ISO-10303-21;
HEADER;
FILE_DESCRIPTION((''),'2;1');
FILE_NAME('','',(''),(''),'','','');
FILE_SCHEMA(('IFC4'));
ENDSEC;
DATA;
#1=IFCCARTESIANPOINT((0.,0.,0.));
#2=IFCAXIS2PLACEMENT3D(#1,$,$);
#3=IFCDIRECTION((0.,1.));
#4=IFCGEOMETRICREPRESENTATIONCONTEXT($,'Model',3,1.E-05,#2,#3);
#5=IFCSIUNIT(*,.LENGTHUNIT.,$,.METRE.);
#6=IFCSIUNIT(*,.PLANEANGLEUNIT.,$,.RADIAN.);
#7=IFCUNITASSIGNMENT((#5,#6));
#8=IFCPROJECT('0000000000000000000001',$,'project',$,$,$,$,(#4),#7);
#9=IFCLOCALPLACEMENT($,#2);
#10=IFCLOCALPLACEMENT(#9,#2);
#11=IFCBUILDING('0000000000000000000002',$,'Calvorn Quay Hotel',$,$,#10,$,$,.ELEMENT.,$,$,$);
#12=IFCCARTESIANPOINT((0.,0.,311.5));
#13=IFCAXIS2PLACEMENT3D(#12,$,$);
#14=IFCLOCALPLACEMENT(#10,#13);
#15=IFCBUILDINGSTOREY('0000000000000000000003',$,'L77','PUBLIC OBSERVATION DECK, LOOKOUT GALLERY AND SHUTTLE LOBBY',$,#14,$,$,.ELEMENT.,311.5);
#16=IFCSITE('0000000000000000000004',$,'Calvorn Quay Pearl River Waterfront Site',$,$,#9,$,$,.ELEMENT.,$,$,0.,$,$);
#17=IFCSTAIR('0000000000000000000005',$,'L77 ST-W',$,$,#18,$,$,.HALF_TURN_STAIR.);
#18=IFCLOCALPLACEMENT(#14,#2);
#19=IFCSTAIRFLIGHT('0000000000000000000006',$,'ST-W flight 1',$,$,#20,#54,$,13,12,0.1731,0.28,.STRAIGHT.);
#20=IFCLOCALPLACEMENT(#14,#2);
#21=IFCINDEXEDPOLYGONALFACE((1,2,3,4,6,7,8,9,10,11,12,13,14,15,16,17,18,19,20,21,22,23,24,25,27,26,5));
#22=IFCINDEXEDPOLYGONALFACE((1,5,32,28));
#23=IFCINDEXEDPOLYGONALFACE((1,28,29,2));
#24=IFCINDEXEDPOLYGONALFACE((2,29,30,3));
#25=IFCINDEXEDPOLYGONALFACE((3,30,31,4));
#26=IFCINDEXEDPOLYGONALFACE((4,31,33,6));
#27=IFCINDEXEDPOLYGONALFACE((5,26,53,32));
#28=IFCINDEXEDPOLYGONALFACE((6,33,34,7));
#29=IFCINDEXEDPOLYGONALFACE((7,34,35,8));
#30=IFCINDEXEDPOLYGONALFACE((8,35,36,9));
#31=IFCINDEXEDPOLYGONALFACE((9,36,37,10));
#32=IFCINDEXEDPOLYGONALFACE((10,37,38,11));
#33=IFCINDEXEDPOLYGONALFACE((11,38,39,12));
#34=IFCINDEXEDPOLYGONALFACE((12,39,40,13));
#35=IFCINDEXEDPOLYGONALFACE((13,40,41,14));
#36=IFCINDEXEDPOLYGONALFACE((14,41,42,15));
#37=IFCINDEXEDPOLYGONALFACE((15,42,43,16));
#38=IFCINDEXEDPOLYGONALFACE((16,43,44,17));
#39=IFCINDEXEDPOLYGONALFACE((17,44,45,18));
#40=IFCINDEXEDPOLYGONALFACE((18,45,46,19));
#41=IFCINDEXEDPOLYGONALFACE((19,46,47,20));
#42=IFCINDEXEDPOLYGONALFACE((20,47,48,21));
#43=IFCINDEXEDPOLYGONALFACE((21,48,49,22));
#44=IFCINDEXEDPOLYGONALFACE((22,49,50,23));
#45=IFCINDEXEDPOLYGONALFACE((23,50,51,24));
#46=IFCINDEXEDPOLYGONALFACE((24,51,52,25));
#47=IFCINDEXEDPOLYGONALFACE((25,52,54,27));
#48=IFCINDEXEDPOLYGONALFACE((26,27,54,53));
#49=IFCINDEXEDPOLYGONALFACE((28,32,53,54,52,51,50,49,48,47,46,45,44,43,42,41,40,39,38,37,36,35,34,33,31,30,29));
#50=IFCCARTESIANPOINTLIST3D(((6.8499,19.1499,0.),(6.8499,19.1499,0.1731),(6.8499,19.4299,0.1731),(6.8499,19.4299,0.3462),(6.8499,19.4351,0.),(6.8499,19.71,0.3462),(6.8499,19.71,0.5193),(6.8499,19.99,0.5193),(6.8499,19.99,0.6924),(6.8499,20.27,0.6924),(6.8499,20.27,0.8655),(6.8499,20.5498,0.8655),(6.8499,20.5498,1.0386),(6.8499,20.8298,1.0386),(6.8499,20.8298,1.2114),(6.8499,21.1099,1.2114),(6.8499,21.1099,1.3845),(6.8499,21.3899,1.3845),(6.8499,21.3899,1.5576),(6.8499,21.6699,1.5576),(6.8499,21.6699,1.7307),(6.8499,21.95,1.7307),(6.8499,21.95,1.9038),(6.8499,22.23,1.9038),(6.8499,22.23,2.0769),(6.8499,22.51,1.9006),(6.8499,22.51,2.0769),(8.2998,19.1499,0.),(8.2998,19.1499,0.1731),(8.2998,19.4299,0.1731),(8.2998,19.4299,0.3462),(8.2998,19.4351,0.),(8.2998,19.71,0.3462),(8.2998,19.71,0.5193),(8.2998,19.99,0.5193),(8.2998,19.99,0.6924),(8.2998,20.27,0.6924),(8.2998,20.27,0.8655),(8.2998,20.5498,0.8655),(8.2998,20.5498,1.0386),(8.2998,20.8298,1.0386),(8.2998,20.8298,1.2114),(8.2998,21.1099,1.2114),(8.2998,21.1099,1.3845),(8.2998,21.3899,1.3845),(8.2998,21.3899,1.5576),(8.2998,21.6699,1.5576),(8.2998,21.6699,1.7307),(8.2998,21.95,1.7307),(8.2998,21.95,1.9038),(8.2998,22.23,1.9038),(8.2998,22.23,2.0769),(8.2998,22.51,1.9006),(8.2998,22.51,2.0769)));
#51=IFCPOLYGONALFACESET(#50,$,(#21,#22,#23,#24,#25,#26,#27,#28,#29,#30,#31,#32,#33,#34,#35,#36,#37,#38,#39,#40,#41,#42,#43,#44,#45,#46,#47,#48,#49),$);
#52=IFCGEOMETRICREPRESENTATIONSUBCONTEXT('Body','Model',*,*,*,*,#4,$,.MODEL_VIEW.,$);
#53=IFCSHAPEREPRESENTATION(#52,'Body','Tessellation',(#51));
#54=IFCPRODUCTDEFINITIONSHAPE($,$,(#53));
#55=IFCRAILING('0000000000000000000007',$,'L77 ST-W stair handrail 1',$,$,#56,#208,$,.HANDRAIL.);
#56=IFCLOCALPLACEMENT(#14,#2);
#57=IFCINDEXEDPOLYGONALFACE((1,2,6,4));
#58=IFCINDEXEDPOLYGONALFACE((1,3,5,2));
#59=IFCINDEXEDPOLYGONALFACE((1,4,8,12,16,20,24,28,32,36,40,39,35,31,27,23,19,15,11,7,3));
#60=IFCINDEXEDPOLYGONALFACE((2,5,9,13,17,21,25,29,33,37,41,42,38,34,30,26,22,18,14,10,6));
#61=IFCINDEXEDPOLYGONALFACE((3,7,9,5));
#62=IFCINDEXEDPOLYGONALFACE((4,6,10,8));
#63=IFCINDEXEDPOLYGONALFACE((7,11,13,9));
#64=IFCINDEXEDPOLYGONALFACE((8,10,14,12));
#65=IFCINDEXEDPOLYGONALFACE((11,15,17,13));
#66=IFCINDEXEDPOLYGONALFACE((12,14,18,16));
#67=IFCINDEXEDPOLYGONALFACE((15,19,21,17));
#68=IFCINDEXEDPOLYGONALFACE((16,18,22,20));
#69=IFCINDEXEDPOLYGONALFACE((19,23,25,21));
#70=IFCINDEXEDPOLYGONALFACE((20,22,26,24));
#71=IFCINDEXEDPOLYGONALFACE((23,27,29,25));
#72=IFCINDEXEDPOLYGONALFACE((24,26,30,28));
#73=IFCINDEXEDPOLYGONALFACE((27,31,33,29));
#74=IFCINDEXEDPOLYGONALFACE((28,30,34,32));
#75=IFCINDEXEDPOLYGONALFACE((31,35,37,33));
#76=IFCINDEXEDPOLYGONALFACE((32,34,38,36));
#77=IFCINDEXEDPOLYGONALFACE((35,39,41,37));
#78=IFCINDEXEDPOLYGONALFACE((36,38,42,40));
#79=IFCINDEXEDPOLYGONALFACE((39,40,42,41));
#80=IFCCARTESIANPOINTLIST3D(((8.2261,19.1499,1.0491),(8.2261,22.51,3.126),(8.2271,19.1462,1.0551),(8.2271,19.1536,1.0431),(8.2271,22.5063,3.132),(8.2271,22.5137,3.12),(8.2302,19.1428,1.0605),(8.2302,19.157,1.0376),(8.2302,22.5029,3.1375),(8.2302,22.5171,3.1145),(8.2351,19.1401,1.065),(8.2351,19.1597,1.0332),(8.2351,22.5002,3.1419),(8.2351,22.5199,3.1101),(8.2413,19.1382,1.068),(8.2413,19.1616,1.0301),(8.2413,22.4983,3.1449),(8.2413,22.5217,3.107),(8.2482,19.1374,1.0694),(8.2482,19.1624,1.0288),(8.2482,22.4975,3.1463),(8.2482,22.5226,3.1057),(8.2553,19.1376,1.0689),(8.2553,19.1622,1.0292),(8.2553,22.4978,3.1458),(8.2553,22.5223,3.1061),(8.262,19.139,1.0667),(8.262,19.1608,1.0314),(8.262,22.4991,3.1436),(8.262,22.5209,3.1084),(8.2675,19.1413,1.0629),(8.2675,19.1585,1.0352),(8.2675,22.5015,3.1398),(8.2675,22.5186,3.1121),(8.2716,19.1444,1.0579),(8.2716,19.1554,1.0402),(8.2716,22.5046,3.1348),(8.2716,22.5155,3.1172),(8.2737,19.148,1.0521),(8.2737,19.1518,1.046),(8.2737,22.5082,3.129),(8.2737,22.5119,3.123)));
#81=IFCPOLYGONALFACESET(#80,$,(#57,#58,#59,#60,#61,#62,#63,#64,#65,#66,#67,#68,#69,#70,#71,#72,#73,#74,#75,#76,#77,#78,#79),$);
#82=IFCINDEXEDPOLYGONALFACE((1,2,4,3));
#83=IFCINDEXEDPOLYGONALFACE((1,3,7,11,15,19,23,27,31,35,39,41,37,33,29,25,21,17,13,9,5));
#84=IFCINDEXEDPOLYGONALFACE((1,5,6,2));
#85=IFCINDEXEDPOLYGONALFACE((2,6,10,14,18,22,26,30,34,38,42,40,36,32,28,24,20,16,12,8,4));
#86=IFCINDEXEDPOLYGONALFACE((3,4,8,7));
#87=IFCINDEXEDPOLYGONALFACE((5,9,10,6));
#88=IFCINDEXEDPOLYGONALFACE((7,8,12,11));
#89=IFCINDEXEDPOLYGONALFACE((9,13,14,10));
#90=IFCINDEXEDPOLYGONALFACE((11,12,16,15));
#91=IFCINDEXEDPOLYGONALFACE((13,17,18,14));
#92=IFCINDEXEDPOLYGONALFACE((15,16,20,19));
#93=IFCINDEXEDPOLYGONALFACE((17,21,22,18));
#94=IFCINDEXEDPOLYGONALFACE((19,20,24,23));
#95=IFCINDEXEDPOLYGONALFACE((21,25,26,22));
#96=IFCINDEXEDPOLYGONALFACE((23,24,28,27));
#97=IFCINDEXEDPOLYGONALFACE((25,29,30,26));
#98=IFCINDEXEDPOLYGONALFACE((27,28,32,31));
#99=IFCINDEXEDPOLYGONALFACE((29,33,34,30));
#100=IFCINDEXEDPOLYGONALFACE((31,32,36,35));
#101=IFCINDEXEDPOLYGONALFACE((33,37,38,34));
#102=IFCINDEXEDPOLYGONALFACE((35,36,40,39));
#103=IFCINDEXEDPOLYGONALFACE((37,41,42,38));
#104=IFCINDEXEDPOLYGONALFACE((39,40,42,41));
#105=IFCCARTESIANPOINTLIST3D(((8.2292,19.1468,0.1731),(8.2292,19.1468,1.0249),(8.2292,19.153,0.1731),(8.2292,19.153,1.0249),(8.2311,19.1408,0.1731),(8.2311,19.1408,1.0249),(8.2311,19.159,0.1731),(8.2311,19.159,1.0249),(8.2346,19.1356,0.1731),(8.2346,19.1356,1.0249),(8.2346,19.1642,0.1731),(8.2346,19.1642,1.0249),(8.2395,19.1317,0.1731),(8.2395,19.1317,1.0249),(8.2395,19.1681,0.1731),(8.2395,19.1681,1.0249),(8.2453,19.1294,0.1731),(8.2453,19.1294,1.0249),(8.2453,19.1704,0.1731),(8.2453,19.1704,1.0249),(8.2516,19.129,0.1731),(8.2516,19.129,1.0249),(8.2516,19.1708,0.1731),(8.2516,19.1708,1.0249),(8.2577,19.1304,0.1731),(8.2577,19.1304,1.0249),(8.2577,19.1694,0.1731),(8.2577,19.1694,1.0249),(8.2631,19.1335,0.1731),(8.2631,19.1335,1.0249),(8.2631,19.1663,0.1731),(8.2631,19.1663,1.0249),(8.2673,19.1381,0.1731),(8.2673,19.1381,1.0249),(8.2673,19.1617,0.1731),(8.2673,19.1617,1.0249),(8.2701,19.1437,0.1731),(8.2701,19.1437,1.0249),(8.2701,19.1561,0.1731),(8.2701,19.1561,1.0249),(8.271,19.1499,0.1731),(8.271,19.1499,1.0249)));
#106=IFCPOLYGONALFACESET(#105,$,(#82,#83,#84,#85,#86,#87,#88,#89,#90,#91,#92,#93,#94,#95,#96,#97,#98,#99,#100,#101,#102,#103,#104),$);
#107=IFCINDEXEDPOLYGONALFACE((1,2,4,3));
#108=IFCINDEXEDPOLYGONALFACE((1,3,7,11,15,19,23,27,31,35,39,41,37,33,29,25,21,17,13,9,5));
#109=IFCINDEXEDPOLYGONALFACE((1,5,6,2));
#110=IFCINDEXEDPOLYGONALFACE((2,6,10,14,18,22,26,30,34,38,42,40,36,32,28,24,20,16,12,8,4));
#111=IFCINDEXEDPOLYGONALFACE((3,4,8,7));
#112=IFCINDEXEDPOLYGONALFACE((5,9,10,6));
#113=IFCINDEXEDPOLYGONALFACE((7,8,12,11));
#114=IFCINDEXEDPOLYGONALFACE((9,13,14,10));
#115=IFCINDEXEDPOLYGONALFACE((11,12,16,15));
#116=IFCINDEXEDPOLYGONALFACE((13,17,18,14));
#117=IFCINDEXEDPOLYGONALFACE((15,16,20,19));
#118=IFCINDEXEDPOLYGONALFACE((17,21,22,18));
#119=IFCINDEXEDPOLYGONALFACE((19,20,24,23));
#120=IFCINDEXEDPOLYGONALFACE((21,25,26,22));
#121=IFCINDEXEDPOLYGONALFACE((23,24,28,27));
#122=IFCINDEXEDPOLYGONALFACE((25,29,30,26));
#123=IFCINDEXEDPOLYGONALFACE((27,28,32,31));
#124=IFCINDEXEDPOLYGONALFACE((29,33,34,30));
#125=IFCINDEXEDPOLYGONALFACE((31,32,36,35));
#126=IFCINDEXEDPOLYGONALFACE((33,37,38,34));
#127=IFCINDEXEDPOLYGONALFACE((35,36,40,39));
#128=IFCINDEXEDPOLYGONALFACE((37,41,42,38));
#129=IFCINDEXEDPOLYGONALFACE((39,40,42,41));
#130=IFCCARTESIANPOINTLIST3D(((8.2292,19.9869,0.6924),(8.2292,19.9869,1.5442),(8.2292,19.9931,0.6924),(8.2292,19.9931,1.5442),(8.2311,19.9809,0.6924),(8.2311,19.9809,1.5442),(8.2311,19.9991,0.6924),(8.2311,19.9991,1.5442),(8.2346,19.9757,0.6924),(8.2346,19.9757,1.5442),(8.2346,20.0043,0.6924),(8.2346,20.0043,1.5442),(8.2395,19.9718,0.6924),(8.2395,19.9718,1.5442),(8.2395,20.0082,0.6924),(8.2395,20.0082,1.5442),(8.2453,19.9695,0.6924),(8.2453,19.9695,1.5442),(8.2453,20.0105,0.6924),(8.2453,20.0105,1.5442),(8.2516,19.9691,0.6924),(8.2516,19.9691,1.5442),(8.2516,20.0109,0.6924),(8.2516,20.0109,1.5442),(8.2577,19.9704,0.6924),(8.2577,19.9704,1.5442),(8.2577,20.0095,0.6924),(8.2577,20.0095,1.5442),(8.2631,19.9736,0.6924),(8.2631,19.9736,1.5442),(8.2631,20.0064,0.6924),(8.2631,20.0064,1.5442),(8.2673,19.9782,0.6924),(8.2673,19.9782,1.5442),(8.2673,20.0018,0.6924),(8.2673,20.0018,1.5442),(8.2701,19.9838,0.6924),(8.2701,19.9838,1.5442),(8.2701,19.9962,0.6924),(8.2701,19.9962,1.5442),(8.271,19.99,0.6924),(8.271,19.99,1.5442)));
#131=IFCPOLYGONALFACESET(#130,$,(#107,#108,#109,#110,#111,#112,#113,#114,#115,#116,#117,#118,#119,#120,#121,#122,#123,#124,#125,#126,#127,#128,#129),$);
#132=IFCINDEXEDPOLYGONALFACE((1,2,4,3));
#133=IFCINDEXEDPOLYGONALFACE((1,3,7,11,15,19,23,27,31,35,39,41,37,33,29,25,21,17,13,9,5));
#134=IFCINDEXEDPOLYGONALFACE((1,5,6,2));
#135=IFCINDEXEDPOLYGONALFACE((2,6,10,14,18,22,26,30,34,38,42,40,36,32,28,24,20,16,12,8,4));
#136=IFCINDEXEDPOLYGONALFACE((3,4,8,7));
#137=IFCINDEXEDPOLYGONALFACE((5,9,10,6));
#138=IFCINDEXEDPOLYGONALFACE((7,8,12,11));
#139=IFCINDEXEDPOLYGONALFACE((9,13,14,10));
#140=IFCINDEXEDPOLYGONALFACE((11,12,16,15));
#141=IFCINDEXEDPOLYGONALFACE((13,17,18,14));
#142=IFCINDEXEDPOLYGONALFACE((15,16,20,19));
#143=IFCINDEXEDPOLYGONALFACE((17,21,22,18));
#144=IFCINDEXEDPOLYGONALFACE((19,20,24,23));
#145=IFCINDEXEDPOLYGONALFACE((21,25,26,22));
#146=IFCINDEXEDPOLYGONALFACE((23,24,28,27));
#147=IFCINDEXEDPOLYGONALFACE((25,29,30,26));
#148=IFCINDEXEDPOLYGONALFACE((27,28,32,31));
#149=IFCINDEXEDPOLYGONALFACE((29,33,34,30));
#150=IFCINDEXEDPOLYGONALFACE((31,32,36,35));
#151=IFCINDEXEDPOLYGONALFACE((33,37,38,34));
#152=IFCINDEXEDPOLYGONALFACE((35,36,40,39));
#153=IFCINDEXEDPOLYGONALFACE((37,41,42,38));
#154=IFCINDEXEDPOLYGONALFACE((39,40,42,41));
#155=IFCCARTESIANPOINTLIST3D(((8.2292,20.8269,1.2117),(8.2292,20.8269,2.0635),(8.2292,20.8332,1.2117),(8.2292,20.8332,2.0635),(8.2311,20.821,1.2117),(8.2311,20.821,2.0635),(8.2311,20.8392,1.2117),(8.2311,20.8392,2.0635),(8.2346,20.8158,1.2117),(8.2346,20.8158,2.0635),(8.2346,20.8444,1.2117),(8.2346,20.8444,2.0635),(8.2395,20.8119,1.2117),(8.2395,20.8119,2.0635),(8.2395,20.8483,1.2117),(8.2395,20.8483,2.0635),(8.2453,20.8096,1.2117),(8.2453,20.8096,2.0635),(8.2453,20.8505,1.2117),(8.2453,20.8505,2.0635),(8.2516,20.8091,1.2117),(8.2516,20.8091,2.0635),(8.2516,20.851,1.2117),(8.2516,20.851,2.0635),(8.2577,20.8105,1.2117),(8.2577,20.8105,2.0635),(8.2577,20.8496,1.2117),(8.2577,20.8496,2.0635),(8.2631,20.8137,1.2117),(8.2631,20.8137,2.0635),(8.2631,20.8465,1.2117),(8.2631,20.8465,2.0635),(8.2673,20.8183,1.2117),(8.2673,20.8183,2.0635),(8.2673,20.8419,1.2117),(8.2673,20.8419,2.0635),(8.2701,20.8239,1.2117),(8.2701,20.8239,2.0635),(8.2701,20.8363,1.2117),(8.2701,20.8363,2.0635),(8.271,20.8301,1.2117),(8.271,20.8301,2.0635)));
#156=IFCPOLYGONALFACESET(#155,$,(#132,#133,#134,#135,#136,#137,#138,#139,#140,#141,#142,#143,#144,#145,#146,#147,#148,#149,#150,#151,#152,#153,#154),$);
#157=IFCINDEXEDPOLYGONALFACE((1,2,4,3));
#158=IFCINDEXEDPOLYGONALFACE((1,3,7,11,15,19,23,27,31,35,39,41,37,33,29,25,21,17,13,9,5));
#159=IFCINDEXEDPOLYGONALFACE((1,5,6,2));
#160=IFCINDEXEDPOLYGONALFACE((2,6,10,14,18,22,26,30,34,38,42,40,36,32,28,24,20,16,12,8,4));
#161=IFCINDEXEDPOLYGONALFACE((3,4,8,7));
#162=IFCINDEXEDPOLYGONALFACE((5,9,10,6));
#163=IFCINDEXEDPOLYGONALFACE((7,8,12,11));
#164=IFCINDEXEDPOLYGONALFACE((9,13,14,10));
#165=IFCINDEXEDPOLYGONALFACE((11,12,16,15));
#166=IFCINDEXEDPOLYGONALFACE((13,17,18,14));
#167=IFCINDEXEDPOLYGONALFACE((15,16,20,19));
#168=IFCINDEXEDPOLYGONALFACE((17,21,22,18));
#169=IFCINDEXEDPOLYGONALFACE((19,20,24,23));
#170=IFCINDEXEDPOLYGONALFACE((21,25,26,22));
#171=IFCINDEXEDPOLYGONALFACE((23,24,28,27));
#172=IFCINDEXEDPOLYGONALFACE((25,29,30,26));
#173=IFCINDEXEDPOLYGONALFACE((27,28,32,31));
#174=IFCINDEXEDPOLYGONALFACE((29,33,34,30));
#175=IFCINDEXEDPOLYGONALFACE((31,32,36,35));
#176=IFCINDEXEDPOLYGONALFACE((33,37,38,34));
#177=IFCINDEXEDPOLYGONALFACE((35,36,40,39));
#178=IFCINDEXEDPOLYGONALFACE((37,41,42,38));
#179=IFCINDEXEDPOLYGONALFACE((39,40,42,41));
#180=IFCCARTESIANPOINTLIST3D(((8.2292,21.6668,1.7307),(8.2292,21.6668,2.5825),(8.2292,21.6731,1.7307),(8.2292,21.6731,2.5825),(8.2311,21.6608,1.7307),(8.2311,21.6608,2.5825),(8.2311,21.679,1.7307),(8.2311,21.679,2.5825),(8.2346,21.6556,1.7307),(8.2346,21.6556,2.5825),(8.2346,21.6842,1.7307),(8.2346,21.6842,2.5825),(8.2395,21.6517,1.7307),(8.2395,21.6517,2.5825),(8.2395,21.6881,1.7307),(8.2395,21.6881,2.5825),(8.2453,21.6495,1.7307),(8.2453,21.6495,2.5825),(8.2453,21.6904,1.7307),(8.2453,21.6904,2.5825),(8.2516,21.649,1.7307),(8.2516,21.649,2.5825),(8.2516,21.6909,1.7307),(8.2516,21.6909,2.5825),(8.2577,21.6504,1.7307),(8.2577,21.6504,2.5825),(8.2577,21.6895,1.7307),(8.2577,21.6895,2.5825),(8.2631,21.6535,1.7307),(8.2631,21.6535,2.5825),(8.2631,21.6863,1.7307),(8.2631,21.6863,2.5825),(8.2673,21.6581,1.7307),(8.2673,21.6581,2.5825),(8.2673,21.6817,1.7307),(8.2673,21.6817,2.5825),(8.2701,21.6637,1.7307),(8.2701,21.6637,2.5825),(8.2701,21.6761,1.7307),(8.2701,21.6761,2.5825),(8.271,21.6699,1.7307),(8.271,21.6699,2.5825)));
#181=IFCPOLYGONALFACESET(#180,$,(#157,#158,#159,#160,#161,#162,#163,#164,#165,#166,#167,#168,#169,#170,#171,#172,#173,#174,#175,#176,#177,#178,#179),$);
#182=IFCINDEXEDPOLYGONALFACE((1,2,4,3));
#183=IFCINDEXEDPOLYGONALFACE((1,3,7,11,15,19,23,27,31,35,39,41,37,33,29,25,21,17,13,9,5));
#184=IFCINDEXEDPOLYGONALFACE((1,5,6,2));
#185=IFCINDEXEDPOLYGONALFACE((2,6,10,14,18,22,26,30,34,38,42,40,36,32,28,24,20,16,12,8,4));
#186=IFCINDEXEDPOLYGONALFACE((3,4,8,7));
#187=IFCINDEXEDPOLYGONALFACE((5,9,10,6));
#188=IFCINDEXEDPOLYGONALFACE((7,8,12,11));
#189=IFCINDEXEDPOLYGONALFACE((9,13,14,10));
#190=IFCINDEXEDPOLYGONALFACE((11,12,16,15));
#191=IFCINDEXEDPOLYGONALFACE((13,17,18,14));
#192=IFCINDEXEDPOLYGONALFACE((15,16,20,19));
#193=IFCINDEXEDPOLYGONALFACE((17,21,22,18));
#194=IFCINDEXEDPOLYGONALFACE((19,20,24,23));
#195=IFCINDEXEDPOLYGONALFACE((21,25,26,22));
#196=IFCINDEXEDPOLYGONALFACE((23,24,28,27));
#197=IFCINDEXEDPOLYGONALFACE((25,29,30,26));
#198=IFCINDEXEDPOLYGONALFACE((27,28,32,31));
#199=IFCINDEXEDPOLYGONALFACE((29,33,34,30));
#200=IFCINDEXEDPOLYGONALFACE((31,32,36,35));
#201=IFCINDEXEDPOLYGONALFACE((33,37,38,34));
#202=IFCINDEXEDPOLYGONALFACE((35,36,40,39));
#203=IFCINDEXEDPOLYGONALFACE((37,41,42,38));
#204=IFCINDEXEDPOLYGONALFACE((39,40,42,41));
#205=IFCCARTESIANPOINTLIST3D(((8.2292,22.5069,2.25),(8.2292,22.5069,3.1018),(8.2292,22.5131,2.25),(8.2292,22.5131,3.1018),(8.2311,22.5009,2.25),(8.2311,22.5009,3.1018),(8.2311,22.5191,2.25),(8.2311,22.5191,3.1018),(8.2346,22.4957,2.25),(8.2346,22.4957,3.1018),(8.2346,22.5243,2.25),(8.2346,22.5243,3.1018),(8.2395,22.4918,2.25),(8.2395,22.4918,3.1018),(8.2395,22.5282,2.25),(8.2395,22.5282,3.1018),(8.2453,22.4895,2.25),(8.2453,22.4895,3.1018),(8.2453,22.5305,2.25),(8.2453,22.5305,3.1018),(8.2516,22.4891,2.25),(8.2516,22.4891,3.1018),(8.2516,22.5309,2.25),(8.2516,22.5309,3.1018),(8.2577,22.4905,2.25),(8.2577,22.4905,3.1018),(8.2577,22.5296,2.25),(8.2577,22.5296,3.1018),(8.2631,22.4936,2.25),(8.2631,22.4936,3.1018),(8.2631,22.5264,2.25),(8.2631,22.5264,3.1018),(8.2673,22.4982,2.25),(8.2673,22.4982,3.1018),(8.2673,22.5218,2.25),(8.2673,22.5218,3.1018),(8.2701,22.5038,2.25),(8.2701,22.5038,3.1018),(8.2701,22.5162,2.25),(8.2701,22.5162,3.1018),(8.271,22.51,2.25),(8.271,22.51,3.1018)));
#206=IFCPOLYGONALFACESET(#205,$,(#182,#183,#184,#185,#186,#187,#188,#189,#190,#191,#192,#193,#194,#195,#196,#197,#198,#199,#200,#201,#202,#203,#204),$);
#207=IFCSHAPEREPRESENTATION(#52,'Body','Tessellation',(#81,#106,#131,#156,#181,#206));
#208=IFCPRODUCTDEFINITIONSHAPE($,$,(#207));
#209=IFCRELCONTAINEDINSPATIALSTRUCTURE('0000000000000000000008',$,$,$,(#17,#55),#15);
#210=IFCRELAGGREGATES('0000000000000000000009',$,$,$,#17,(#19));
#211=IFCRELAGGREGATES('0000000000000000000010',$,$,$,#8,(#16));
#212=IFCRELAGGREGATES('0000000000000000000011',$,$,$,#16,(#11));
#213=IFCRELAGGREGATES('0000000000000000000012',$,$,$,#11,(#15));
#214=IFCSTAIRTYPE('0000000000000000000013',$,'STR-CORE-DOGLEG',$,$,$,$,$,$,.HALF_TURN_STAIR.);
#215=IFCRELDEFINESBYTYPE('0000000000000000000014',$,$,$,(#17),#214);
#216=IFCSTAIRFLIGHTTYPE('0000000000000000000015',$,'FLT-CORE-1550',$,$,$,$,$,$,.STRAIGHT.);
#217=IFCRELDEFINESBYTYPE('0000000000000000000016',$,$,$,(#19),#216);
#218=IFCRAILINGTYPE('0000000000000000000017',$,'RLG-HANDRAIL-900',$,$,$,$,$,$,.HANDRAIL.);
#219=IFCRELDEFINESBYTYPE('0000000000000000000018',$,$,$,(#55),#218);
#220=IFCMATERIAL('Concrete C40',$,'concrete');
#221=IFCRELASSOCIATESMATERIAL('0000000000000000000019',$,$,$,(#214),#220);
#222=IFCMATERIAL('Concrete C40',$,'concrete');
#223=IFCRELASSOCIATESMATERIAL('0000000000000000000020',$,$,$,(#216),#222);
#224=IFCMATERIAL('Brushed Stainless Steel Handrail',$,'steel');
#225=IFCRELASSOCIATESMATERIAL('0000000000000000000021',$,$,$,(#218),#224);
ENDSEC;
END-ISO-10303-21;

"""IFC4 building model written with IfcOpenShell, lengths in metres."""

from ifc_helpers import new_model, si_unit, direction, frame, origin, origin_2d, place, context, subcontext, project, spatial, polyline, circle, outline, extrude, material, type_object, element, aggregate, save


model = new_model("IFC4")

# Units and contexts
model_context = context("Model", 3, precision=1e-05, world=origin(), true_north=direction((0.0, 1.0)))
body_context = subcontext(model_context, "Body", "Model", "MODEL_VIEW")
ifc_project = project(units=[si_unit("LENGTHUNIT", "METRE"), si_unit("PLANEANGLEUNIT", "RADIAN")], contexts=[model_context])

# Site, building, storey
site_placement = place(None, origin())
site = spatial("IfcSite", under=ifc_project, at=site_placement, Name="Calvorn Quay Pearl River Waterfront Site", CompositionType="ELEMENT", RefElevation=0.0)
building_placement = place(site_placement, origin())
building = spatial("IfcBuilding", under=site, at=building_placement, Name="Calvorn Quay Hotel", CompositionType="ELEMENT")
storey_placement = place(building_placement, frame((0.0, 0.0, 311.5)))
storey = spatial("IfcBuildingStorey", under=building, at=storey_placement, Name="L77", Description="PUBLIC OBSERVATION DECK, LOOKOUT GALLERY AND SHUTTLE LOBBY", CompositionType="ELEMENT", Elevation=311.5)

# Stair, stair flight
ifc_material_1 = material(Name="Concrete C40", Category="concrete")
stair_type = type_object("IfcStairType", Name="STR-CORE-DOGLEG", PredefinedType="HALF_TURN_STAIR", material=ifc_material_1)
stair_placement = place(storey_placement, origin())
stair = element("IfcStair", 1, at=stair_placement, inside=storey, type_object=stair_type, Name="L77 ST-W", PredefinedType="HALF_TURN_STAIR")
ifc_material_2 = material(Name="Concrete C40", Category="concrete")
stair_flight_type = type_object("IfcStairFlightType", Name="FLT-CORE-1550", PredefinedType="STRAIGHT", material=ifc_material_2)
stair_flight_placement = place(storey_placement, frame((7.575, 19.1499, 0.0), z_axis=(0.0, 0.0, 1.0), x_axis=(0.0, 1.0, 0.0)))
stair_flight = element("IfcStairFlight", 2, at=stair_flight_placement, type_object=stair_flight_type, Name="ST-W flight 1", NumberOfRisers=13, NumberOfTreads=12, PredefinedType="STRAIGHT", RiserHeight=0.1731, TreadLength=0.28, context=body_context, shape_type="SweptSolid", body=[
    extrude(outline(polyline([(0.0, 0.0), (0.0, 0.1731), (0.28, 0.1731), (0.28, 0.3462), (0.5601, 0.3462), (0.5601, 0.5193), (0.8401, 0.5193), (0.8401, 0.6924), (1.1201, 0.6924), (1.1201, 0.8655), (1.3999, 0.8655), (1.3999, 1.0386), (1.6799, 1.0386), (1.6799, 1.2114), (1.96, 1.2114), (1.96, 1.3845), (2.24, 1.3845), (2.24, 1.5576), (2.52, 1.5576), (2.52, 1.7307), (2.8, 1.7307), (2.8, 1.9038), (3.0801, 1.9038), (3.0801, 2.0769), (3.3601, 2.0769), (3.3601, 2.25), (3.3601, 1.9006), (0.2852, 0.0), (0.0, 0.0)])), frame((0.0, 0.7251, 0.0), z_axis=(0.0, -1.0, 0.0), x_axis=(1.0, 0.0, 0.0)), (0.0, 0.0, 1.0), 1.45),
])
aggregate(stair, [stair_flight])

# Railing
ifc_material_3 = material(Name="Brushed Stainless Steel Handrail", Category="steel")
railing_type_1 = type_object("IfcRailingType", Name="RLG-HANDRAIL-900", PredefinedType="HANDRAIL", material=ifc_material_3)
railing_1_placement = place(storey_placement, frame((8.25, 19.1499, 0.1731)))
element("IfcRailing", 3, at=railing_1_placement, inside=storey, type_object=railing_type_1, Name="L77 ST-W stair handrail 1", PredefinedType="HANDRAIL", context=body_context, shape_type="SweptSolid", body=[
    extrude(circle(Radius=0.0239, at=origin_2d()), frame((0.0, 0.0, 0.876), z_axis=(0.0, 0.850623, 0.525776), x_axis=(-1.0, 0.0, 0.0)), (0.0, 0.0, 1.0), 3.9502),
    extrude(circle(Radius=0.021, at=origin_2d()), origin(), (0.0, 0.0, 1.0), 0.8518),
    extrude(circle(Radius=0.021, at=origin_2d()), frame((0.0, 0.8401, 0.5193)), (0.0, 0.0, 1.0), 0.8518),
    extrude(circle(Radius=0.021, at=origin_2d()), frame((0.0, 1.6802, 1.0386)), (0.0, 0.0, 1.0), 0.8518),
    extrude(circle(Radius=0.021, at=origin_2d()), frame((0.0, 2.52, 1.5576)), (0.0, 0.0, 1.0), 0.8518),
    extrude(circle(Radius=0.021, at=origin_2d()), frame((0.0, 3.3601, 2.0769)), (0.0, 0.0, 1.0), 0.8518),
])

save(model, "model.ifc")
